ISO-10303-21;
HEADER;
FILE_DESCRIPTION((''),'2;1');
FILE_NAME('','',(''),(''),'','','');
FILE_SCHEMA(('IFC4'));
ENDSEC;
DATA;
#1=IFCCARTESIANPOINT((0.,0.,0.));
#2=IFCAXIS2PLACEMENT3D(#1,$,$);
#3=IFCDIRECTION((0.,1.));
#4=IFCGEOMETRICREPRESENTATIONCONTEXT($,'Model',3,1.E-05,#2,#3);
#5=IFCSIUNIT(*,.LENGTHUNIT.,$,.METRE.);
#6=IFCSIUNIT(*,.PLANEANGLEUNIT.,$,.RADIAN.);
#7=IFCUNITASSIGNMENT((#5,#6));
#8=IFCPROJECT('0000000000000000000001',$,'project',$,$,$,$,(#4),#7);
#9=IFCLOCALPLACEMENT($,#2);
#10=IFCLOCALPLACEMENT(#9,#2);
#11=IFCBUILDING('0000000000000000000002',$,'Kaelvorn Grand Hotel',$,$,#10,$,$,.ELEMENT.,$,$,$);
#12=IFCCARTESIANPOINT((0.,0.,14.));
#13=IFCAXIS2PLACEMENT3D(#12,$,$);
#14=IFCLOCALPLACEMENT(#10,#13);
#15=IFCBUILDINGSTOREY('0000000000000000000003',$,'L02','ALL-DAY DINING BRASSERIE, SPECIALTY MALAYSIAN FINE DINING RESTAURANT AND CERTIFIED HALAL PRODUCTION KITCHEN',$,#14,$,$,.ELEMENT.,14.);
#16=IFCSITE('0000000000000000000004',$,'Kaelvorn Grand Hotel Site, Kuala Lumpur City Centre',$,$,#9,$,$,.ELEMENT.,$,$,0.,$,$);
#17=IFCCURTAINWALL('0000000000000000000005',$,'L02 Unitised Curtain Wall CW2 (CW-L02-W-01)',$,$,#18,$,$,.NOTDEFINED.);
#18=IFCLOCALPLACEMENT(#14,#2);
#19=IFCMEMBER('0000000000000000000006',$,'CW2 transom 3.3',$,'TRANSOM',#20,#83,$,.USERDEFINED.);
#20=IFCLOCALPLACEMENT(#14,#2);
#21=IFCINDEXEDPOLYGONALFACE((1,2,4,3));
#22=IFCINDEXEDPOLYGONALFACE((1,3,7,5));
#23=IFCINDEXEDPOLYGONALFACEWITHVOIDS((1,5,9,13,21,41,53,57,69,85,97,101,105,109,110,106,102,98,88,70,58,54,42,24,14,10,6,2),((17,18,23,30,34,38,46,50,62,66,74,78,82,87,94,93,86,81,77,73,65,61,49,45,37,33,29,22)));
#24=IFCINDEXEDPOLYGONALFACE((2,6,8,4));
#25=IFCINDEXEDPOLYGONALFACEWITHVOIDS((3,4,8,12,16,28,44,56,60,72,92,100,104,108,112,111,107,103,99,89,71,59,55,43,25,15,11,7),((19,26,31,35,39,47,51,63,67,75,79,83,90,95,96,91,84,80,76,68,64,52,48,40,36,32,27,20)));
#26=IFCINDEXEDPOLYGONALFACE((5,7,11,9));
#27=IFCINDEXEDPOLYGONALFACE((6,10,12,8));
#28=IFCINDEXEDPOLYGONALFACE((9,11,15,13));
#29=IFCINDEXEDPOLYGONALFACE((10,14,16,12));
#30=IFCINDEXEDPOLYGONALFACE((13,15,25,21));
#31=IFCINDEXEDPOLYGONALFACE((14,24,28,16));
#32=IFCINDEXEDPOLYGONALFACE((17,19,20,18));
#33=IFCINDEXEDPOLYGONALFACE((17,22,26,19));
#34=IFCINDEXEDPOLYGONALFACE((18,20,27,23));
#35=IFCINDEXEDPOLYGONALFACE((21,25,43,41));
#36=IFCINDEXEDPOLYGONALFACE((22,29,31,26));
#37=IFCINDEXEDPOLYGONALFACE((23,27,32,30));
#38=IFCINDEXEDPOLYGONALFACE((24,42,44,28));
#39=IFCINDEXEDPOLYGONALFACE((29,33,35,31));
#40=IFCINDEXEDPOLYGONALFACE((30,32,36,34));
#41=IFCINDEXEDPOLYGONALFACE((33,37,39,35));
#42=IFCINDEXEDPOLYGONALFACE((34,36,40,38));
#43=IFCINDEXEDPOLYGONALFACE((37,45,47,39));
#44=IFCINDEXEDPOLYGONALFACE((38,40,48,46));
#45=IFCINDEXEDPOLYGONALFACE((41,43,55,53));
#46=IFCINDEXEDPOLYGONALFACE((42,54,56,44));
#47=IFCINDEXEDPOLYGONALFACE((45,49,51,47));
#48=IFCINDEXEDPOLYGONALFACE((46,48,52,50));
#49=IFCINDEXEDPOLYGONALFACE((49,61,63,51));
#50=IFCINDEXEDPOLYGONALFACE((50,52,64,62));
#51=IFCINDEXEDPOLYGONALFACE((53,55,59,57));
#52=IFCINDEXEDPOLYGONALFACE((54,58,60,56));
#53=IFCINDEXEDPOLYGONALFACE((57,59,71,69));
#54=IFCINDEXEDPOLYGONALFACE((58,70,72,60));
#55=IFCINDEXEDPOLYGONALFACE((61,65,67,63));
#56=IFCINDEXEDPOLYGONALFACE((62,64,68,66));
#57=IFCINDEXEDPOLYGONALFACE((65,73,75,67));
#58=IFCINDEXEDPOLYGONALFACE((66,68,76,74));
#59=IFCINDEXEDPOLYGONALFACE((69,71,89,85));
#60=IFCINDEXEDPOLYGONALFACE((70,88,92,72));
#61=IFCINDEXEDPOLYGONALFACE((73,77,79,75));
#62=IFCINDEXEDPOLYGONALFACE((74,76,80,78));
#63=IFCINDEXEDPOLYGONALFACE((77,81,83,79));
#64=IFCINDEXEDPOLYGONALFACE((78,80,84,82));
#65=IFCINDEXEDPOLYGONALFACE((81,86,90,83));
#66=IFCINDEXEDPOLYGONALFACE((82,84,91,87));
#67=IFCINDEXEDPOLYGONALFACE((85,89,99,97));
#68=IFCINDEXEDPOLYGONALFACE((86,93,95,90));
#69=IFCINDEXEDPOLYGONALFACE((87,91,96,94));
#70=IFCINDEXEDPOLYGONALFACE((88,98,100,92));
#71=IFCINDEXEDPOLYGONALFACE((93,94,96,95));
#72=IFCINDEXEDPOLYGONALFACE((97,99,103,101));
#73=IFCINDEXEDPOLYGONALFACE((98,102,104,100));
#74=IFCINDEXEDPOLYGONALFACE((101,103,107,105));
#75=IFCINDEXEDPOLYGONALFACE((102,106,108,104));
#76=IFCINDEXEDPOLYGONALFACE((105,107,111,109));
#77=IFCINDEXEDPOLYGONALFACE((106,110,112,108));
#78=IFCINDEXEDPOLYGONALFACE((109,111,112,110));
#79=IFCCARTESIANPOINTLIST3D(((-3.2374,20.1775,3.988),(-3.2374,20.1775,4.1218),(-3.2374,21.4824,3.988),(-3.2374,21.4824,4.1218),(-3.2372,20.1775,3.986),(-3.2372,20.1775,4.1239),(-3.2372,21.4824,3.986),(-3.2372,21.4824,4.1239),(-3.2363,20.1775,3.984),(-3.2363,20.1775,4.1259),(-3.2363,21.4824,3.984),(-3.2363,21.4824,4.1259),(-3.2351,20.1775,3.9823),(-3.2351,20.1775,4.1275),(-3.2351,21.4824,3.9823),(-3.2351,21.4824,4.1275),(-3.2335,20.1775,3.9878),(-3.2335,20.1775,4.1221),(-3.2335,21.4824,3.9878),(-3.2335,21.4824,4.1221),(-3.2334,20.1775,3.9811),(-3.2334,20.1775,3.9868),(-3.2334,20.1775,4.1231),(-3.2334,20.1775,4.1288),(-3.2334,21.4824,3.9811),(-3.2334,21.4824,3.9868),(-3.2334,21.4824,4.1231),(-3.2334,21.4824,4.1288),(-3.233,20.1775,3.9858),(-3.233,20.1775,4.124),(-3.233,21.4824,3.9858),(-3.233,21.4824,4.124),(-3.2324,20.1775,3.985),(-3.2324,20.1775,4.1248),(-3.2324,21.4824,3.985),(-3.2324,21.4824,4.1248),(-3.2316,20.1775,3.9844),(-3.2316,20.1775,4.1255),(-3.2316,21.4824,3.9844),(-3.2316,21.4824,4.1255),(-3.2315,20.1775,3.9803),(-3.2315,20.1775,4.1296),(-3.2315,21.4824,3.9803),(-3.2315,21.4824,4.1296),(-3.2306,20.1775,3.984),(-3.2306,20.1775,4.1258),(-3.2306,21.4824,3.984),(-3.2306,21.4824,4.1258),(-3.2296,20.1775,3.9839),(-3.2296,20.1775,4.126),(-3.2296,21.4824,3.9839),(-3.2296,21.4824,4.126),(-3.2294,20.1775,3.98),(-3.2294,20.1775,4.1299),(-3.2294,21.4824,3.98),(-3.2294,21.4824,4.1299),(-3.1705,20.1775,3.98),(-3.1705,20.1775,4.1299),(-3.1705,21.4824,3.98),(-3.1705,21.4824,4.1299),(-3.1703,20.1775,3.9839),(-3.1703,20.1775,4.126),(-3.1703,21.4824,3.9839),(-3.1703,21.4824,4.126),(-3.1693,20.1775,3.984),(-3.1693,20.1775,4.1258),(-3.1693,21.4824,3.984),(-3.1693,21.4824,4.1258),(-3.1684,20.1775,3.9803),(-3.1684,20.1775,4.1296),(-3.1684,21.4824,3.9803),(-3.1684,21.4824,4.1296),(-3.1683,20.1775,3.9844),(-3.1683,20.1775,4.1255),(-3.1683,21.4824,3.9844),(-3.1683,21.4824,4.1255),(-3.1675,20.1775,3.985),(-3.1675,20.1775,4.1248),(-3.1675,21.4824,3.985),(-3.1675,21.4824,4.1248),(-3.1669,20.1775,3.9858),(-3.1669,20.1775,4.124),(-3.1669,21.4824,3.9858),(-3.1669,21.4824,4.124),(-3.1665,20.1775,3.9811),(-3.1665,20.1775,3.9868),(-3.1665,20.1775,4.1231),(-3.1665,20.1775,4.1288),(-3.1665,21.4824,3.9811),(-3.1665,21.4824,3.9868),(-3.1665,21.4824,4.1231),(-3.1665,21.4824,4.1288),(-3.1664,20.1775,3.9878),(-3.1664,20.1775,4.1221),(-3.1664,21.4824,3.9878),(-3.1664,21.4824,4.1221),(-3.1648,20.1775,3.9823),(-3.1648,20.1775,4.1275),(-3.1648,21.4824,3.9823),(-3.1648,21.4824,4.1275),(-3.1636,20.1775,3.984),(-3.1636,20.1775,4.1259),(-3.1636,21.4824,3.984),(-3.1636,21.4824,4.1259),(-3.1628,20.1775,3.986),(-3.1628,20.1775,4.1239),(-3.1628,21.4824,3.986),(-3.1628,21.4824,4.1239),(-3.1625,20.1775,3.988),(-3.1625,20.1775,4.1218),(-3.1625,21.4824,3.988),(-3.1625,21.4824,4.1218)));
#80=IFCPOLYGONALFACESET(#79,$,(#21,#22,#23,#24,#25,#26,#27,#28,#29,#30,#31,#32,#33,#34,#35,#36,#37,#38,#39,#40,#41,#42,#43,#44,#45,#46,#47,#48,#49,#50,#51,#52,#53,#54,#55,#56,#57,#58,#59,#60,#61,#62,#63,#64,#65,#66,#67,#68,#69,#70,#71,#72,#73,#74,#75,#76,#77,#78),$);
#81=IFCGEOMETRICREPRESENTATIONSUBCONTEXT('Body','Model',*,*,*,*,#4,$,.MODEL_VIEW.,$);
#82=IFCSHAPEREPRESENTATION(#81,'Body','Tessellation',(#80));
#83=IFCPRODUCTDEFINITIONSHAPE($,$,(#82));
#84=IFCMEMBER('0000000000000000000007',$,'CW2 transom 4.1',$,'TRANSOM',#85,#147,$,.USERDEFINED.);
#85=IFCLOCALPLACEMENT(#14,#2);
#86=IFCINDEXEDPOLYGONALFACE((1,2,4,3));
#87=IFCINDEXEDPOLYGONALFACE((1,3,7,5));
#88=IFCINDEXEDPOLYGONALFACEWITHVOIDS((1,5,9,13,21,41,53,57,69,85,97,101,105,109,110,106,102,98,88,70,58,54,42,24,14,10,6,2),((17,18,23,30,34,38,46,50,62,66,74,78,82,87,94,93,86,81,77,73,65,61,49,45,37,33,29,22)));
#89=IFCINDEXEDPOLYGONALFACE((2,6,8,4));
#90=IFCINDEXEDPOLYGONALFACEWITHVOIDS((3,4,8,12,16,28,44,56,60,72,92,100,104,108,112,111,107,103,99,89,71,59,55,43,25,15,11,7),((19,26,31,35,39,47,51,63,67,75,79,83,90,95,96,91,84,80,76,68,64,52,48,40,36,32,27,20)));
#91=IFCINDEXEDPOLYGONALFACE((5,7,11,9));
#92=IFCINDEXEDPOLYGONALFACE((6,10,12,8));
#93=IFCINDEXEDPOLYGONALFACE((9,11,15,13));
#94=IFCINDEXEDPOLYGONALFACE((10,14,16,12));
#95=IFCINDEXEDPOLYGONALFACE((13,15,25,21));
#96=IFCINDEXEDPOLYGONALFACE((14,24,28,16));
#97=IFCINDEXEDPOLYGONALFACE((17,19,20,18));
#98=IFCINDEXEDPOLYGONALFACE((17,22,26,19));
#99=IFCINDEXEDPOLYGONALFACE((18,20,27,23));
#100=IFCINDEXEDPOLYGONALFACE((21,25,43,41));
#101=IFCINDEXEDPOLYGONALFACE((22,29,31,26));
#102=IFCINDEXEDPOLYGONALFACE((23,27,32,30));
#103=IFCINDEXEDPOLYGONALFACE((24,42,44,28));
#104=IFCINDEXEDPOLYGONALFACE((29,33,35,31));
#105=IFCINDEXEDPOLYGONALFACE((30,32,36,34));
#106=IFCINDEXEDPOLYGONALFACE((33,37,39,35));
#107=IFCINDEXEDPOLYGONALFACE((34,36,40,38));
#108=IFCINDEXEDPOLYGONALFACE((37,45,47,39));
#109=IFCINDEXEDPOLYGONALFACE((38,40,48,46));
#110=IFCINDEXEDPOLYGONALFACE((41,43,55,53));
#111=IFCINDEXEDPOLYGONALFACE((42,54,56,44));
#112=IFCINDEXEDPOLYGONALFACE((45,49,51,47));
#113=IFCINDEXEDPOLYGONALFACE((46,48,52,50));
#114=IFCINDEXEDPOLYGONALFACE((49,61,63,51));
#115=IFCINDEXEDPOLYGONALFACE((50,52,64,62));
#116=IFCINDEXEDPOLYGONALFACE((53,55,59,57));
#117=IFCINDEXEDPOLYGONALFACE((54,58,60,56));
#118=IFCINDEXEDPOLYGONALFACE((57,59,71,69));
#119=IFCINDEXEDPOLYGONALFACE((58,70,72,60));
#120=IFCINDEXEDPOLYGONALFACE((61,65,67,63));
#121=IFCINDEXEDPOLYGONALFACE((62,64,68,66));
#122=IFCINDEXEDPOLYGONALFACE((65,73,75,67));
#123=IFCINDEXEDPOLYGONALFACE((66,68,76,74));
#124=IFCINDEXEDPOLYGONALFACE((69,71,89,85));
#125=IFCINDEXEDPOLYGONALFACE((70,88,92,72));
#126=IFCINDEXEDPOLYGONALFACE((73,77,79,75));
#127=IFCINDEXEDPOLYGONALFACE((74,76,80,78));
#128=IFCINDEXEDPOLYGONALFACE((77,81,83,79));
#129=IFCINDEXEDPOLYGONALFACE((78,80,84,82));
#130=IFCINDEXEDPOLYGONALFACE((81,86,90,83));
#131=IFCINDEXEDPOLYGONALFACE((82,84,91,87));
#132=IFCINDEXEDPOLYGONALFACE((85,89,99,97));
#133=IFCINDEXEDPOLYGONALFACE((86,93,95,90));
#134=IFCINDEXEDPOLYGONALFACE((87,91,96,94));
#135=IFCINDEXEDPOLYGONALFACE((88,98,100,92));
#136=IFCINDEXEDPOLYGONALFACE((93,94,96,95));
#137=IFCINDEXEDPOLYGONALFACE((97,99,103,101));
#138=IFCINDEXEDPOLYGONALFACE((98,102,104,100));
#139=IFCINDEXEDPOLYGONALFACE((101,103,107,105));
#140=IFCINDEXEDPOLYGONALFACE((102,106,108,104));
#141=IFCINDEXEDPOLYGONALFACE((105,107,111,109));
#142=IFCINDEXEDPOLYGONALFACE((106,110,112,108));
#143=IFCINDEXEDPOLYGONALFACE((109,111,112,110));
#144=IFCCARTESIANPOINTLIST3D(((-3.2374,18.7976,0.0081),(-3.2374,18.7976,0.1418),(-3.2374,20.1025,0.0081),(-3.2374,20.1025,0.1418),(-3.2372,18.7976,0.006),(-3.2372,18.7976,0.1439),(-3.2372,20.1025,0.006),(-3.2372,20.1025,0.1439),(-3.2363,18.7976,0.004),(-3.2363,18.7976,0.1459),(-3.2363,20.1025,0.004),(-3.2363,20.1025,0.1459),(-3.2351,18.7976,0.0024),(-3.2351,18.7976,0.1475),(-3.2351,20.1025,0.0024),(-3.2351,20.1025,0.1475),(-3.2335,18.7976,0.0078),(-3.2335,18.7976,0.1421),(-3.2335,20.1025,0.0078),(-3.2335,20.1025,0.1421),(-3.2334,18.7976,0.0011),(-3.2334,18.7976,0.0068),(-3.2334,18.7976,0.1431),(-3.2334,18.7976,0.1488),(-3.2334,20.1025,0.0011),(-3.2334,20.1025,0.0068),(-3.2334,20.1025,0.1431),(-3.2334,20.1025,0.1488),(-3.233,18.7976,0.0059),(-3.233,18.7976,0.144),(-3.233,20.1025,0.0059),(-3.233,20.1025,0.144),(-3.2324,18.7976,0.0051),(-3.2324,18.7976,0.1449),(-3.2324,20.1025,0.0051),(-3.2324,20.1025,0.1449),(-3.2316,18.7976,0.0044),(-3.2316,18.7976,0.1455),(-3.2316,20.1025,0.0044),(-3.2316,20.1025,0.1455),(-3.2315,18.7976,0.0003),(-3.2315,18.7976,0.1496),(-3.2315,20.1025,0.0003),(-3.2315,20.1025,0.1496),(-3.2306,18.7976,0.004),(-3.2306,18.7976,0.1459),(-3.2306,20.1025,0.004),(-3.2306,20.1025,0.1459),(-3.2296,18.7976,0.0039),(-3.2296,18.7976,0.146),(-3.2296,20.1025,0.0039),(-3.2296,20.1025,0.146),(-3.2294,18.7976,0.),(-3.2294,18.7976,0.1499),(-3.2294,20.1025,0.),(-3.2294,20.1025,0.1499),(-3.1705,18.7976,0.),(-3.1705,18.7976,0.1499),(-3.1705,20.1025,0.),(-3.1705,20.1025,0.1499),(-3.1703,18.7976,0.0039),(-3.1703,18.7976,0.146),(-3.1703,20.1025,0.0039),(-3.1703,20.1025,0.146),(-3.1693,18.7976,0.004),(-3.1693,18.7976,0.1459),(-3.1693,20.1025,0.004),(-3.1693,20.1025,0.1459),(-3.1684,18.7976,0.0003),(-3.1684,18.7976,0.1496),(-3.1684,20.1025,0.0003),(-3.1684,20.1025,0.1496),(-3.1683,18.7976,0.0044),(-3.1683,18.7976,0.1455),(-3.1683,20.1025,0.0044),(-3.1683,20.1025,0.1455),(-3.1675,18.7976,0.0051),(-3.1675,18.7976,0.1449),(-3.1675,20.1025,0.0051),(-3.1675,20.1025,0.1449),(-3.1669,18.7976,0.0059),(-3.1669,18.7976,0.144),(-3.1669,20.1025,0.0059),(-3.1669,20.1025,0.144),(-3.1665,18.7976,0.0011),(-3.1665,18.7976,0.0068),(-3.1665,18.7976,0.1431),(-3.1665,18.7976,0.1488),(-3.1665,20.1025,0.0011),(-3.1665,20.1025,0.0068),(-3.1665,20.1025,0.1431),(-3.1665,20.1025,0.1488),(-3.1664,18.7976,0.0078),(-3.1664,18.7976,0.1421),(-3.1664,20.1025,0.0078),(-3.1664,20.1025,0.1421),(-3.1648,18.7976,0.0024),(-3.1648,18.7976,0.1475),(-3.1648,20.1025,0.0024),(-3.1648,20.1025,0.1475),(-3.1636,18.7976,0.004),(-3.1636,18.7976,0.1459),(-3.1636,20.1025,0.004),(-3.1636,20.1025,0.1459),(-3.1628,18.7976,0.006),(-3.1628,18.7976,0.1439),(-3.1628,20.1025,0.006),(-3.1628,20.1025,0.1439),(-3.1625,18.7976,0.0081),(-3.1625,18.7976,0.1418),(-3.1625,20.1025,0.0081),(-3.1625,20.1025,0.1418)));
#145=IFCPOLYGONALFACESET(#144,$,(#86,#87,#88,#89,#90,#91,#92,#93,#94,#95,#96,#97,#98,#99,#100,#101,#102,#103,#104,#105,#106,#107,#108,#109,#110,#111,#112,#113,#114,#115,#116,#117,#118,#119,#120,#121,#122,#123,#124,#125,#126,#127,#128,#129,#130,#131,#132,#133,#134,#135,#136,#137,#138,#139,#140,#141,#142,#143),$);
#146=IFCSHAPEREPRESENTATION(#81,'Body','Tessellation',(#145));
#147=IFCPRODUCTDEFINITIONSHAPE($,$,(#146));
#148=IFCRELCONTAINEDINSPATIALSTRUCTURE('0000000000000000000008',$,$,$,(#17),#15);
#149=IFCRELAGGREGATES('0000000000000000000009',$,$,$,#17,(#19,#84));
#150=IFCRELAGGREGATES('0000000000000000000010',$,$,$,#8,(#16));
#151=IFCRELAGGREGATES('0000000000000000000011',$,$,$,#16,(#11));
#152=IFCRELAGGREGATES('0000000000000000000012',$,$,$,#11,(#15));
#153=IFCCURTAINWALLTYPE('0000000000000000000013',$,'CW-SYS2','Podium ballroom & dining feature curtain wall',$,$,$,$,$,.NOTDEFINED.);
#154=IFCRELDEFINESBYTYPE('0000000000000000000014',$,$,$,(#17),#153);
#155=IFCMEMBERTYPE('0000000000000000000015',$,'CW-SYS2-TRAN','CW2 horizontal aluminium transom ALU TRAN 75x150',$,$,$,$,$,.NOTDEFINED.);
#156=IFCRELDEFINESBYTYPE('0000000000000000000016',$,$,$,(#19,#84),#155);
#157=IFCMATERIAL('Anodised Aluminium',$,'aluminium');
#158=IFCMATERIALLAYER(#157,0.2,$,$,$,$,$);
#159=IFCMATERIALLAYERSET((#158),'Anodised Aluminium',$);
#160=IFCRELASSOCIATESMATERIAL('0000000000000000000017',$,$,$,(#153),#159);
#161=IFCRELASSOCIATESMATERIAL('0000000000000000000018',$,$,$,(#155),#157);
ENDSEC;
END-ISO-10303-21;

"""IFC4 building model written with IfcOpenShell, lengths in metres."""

from ifc_helpers import new_model, si_unit, direction, frame, origin, origin_2d, place, context, subcontext, project, spatial, hollow_rectangle, extrude, material, layer, layer_set, material_profile, profile_set, type_object, element, aggregate, save


model = new_model("IFC4")

# Units and contexts
model_context = context("Model", 3, precision=1e-05, world=origin(), true_north=direction((0.0, 1.0)))
body_context = subcontext(model_context, "Body", "Model", "MODEL_VIEW")
ifc_project = project(units=[si_unit("LENGTHUNIT", "METRE"), si_unit("PLANEANGLEUNIT", "RADIAN")], contexts=[model_context])

# Site, building, storey
site_placement = place(None, origin())
site = spatial("IfcSite", under=ifc_project, at=site_placement, Name="Kaelvorn Grand Hotel Site, Kuala Lumpur City Centre", CompositionType="ELEMENT", RefElevation=0.0)
building_placement = place(site_placement, origin())
building = spatial("IfcBuilding", under=site, at=building_placement, Name="Kaelvorn Grand Hotel", CompositionType="ELEMENT")
storey_placement = place(building_placement, frame((0.0, 0.0, 14.0)))
storey = spatial("IfcBuildingStorey", under=building, at=storey_placement, Name="L02", Description="ALL-DAY DINING BRASSERIE, SPECIALTY MALAYSIAN FINE DINING RESTAURANT AND CERTIFIED HALAL PRODUCTION KITCHEN", CompositionType="ELEMENT", Elevation=14.0)

# Curtain wall, members
ifc_material_1 = material(Name="Anodised Aluminium", Category="aluminium")
ifc_layer_1 = layer(ifc_material_1, 0.2)
ifc_layer_set_1 = layer_set([ifc_layer_1], Name="Anodised Aluminium")
curtain_wall_type = type_object("IfcCurtainWallType", Name="CW-SYS2", Description="Podium ballroom & dining feature curtain wall", PredefinedType="NOTDEFINED", material=ifc_layer_set_1)
curtain_wall_placement = place(storey_placement, origin())
curtain_wall = element("IfcCurtainWall", 1, at=curtain_wall_placement, inside=storey, type_object=curtain_wall_type, Name="L02 Unitised Curtain Wall CW2 (CW-L02-W-01)", PredefinedType="NOTDEFINED")
ifc_material_profile_1 = material_profile(ifc_material_1, hollow_rectangle(XDim=0.075, YDim=0.1499, WallThickness=0.0039, InnerFilletRadius=0.0039, OuterFilletRadius=0.0081, at=origin_2d()), Name="ALU TRAN 75x150")
ifc_profile_set_1 = profile_set([ifc_material_profile_1], Name="Anodised Aluminium")
member_type_1 = type_object("IfcMemberType", Name="CW-SYS2-TRAN", Description="CW2 horizontal aluminium transom ALU TRAN 75x150", PredefinedType="NOTDEFINED", material=ifc_profile_set_1)
member_1_placement = place(storey_placement, frame((-3.2, 21.4824, 4.0549), z_axis=(0.0, -1.0, 0.0), x_axis=(1.0, 0.0, 0.0)))
member_1 = element("IfcMember", 2, at=member_1_placement, type_object=member_type_1, Name="CW2 transom 3.3", ObjectType="TRANSOM", PredefinedType="USERDEFINED", context=body_context, shape_type="SweptSolid", body=[
    extrude(hollow_rectangle(XDim=0.075, YDim=0.1499, WallThickness=0.0039, InnerFilletRadius=0.0039, OuterFilletRadius=0.0081, at=origin_2d()), origin(), (0.0, 0.0, 1.0), 1.3049),
])
member_2_placement = place(storey_placement, frame((-3.2, 20.1025, 0.075), z_axis=(0.0, -1.0, 0.0), x_axis=(1.0, 0.0, 0.0)))
member_2 = element("IfcMember", 3, at=member_2_placement, type_object=member_type_1, Name="CW2 transom 4.1", ObjectType="TRANSOM", PredefinedType="USERDEFINED", context=body_context, shape_type="SweptSolid", body=[
    extrude(hollow_rectangle(XDim=0.075, YDim=0.1499, WallThickness=0.0039, InnerFilletRadius=0.0039, OuterFilletRadius=0.0081, at=origin_2d()), origin(), (0.0, 0.0, 1.0), 1.3049),
])
aggregate(curtain_wall, [member_1, member_2])

save(model, "model.ifc")
